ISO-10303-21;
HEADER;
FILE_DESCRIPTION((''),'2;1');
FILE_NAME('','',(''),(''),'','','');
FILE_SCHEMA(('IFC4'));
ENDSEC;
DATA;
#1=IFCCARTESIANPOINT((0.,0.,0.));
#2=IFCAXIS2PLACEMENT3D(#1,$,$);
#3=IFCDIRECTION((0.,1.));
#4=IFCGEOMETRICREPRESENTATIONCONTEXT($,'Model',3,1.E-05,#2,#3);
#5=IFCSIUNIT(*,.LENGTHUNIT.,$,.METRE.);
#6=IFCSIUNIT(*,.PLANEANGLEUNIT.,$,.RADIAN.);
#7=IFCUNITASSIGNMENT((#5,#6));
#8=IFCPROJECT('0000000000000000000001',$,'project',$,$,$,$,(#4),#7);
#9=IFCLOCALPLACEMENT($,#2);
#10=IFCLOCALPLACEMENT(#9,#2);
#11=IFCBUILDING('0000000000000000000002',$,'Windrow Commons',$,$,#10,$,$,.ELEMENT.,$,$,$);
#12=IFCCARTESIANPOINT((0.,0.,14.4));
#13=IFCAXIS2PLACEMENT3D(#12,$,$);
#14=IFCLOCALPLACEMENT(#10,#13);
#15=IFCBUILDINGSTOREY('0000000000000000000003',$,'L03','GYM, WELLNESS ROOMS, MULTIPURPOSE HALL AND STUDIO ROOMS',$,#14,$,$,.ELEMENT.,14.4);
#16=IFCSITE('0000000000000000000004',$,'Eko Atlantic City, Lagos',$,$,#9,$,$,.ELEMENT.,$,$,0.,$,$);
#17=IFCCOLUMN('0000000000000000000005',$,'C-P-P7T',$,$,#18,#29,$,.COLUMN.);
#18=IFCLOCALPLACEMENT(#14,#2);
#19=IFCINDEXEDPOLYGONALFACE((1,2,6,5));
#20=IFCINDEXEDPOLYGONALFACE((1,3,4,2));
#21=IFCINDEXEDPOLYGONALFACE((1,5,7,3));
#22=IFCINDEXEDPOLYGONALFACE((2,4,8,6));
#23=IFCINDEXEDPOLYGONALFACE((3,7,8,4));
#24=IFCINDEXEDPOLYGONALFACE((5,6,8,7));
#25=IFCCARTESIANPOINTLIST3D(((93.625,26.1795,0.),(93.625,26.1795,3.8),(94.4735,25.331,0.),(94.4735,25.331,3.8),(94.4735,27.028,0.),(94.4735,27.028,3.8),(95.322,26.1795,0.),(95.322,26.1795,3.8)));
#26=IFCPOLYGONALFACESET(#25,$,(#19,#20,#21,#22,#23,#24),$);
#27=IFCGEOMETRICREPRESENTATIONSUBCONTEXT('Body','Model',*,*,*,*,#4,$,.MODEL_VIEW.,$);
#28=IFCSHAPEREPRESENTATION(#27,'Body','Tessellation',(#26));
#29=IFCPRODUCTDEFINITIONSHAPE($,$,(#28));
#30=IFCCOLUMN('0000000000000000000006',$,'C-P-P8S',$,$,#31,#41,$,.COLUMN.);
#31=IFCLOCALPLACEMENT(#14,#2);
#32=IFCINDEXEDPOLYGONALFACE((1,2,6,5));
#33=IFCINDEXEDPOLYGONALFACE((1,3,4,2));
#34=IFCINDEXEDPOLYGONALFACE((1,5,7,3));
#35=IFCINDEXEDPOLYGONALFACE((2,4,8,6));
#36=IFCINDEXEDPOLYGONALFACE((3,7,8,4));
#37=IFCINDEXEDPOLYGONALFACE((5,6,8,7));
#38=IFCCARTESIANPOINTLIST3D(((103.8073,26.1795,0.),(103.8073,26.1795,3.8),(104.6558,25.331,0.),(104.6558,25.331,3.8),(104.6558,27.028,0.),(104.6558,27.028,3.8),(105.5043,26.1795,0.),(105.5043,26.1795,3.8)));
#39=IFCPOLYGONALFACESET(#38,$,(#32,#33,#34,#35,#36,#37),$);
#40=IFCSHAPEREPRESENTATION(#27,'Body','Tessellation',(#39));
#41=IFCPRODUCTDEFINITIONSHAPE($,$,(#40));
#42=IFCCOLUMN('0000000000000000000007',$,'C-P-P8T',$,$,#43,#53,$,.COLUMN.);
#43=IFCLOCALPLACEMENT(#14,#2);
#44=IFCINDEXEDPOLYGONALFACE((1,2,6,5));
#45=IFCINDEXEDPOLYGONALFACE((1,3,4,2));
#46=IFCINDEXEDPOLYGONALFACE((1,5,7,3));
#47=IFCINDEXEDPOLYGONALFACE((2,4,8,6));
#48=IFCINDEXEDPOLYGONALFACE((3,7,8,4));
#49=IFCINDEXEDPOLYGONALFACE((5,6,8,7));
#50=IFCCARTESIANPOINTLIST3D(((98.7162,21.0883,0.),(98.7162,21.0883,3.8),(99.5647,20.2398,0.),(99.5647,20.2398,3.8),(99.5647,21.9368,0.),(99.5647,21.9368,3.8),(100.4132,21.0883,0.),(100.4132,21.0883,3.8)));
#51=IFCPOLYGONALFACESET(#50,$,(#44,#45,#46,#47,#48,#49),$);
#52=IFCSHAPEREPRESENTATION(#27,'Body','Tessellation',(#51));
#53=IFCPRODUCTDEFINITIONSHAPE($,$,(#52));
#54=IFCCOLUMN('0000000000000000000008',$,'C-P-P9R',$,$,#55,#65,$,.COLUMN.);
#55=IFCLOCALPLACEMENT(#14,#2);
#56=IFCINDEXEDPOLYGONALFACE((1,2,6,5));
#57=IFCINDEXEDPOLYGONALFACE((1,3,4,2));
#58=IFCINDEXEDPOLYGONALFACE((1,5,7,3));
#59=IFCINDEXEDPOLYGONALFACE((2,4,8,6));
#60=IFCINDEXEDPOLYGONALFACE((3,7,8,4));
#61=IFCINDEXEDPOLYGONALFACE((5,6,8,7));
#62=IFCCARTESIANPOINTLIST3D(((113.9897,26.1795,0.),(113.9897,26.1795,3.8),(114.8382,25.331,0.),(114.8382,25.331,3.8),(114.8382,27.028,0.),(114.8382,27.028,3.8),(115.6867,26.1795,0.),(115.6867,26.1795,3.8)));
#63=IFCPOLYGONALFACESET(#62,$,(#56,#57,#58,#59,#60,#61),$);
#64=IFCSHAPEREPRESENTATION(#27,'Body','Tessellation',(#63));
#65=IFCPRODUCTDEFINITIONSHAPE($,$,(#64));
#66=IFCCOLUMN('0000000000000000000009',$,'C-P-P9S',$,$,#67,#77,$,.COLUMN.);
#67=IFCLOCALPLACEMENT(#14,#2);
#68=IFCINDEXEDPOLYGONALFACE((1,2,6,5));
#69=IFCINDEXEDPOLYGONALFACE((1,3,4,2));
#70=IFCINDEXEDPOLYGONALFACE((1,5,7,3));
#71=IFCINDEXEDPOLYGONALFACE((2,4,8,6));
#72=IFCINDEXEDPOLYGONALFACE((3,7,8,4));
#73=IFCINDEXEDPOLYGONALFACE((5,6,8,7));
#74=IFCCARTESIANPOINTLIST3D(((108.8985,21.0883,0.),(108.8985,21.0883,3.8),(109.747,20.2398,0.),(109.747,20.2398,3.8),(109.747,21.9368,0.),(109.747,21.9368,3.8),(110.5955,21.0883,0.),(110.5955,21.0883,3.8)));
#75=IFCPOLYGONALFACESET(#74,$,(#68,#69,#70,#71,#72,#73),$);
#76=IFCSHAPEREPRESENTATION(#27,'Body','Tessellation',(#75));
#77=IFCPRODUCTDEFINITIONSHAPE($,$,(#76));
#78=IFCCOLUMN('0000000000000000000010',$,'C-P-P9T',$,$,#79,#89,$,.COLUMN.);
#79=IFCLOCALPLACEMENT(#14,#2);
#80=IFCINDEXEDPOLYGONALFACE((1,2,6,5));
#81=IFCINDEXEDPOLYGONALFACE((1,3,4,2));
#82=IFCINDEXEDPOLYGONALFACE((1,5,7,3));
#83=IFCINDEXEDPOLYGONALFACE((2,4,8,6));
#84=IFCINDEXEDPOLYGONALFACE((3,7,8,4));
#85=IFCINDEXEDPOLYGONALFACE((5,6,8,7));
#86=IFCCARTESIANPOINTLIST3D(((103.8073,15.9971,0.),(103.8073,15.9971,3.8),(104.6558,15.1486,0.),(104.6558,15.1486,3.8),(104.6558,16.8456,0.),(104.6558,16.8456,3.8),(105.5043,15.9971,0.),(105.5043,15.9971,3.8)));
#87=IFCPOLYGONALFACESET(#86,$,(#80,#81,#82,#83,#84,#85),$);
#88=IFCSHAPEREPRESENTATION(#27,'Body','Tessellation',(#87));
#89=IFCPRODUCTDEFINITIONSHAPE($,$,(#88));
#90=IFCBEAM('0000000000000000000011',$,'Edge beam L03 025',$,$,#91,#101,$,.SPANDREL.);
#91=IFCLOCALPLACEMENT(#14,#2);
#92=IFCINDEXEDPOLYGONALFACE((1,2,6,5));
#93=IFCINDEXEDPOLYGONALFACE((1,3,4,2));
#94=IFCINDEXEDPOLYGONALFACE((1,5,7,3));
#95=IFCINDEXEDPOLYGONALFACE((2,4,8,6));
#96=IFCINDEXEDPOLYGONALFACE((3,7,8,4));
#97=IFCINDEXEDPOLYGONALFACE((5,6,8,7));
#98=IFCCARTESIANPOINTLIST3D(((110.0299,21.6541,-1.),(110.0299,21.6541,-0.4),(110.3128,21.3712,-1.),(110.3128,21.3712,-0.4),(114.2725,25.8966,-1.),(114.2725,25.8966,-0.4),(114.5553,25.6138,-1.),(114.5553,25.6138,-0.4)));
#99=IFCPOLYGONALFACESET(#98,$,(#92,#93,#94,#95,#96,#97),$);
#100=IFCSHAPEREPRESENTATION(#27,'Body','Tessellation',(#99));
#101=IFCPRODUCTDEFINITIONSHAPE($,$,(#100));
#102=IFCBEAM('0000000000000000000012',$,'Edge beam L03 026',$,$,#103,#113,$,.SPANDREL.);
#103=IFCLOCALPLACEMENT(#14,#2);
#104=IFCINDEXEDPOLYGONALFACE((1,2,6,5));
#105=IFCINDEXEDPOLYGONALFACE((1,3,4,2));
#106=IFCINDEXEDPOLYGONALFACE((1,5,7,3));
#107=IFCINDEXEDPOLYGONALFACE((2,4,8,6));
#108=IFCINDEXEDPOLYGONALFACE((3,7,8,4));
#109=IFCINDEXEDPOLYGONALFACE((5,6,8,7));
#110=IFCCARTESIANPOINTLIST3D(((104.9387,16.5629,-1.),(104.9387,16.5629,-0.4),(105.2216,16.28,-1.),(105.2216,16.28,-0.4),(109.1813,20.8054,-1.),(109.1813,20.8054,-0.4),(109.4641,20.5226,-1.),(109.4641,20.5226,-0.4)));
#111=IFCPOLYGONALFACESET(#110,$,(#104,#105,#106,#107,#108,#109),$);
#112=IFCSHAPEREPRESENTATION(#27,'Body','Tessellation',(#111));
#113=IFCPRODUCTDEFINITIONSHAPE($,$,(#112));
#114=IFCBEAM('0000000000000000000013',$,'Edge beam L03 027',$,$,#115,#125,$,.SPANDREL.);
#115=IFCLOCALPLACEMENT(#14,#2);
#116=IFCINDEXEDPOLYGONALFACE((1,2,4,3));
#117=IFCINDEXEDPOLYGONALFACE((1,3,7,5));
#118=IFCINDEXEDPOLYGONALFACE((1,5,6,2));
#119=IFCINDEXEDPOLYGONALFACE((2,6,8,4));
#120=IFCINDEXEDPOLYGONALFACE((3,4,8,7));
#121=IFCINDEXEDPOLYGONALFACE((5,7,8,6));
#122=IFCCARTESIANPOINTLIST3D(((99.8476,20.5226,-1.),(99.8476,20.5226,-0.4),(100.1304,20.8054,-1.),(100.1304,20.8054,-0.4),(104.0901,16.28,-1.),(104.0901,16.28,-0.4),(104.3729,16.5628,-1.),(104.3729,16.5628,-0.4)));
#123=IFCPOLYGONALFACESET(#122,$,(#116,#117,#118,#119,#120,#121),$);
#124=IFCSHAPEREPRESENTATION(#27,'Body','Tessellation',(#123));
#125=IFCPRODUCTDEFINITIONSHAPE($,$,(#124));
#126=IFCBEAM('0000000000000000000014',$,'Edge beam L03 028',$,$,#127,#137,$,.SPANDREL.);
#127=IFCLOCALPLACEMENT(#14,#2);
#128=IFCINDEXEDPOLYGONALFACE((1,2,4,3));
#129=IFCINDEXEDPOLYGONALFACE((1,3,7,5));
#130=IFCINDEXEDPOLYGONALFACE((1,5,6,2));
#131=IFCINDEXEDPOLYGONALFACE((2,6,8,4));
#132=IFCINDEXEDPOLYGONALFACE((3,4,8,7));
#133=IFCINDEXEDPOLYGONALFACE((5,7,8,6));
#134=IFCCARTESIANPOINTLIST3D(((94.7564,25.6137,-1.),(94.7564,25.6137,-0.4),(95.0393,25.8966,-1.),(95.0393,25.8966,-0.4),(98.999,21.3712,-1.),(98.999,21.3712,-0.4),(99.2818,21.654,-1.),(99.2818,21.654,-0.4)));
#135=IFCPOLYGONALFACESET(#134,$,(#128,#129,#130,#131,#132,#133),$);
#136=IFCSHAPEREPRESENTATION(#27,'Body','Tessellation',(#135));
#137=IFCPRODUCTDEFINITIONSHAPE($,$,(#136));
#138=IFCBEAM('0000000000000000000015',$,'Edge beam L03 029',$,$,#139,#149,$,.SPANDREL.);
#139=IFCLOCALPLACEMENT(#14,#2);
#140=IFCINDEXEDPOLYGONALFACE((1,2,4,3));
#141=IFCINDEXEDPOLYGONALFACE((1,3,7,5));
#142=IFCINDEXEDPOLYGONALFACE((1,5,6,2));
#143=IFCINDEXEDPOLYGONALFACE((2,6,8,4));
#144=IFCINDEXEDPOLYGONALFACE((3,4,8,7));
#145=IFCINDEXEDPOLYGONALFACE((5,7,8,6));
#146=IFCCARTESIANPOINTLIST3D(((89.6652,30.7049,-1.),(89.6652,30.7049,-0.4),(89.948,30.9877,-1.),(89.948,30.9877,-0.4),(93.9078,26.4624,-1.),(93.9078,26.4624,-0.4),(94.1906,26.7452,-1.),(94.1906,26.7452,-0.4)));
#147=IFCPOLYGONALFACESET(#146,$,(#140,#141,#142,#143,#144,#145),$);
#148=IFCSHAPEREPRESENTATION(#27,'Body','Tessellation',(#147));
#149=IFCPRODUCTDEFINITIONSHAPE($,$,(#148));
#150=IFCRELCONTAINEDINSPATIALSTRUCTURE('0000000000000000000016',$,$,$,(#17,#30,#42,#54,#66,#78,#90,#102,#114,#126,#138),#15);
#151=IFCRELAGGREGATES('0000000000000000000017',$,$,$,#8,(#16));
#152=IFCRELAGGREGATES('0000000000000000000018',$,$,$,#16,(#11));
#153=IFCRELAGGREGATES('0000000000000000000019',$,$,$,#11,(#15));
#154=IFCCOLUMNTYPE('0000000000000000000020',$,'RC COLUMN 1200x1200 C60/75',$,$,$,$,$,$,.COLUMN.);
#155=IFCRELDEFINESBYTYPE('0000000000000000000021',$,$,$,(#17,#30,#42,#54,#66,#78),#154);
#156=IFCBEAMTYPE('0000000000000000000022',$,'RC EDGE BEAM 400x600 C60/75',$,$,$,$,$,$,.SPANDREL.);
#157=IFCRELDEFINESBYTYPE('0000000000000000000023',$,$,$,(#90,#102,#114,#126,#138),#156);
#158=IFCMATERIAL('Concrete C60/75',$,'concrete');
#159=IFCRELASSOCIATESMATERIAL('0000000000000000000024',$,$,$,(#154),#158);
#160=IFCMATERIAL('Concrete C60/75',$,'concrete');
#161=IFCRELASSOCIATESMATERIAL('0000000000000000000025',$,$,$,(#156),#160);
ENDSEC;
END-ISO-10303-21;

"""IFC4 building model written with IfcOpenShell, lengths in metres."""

from ifc_helpers import new_model, si_unit, direction, frame, origin, origin_2d, place, context, subcontext, project, spatial, rectangle, extrude, material, material_profile, profile_set, type_object, element, save


model = new_model("IFC4")

# Units and contexts
model_context = context("Model", 3, precision=1e-05, world=origin(), true_north=direction((0.0, 1.0)))
body_context = subcontext(model_context, "Body", "Model", "MODEL_VIEW")
ifc_project = project(units=[si_unit("LENGTHUNIT", "METRE"), si_unit("PLANEANGLEUNIT", "RADIAN")], contexts=[model_context])

# Site, building, storey
site_placement = place(None, origin())
site = spatial("IfcSite", under=ifc_project, at=site_placement, Name="Eko Atlantic City, Lagos", CompositionType="ELEMENT", RefElevation=0.0)
building_placement = place(site_placement, origin())
building = spatial("IfcBuilding", under=site, at=building_placement, Name="Windrow Commons", CompositionType="ELEMENT")
storey_placement = place(building_placement, frame((0.0, 0.0, 14.4)))
storey = spatial("IfcBuildingStorey", under=building, at=storey_placement, Name="L03", Description="GYM, WELLNESS ROOMS, MULTIPURPOSE HALL AND STUDIO ROOMS", CompositionType="ELEMENT", Elevation=14.4)

# Columns
ifc_material_1 = material(Name="Concrete C60/75", Category="concrete")
ifc_material_profile_1 = material_profile(ifc_material_1, rectangle(XDim=1.2, YDim=1.2, at=origin_2d()))
ifc_profile_set_1 = profile_set([ifc_material_profile_1], Name="Concrete C60/75")
column_type = type_object("IfcColumnType", Name="RC COLUMN 1200x1200 C60/75", PredefinedType="COLUMN", material=ifc_profile_set_1)
for number, where, z_axis, x_axis, name in (
    (1, (94.4735, 26.1795, 0.0), (0.0, 0.0, 1.0), (0.707107, -0.707107, 0.0), "C-P-P7T"),
    (2, (104.6558, 26.1795, 0.0), (0.0, 0.0, 1.0), (0.707107, -0.707107, 0.0), "C-P-P8S"),
    (3, (99.5647, 21.0883, 0.0), (0.0, 0.0, 1.0), (0.707107, -0.707107, 0.0), "C-P-P8T"),
    (4, (114.8382, 26.1795, 0.0), (0.0, 0.0, 1.0), (0.707107, -0.707107, 0.0), "C-P-P9R"),
    (5, (109.747, 21.0883, 0.0), (0.0, 0.0, 1.0), (0.707107, -0.707107, 0.0), "C-P-P9S"),
    (6, (104.6558, 15.9971, 0.0), (0.0, 0.0, 1.0), (0.707107, -0.707107, 0.0), "C-P-P9T"),
):
    element("IfcColumn", number, at=place(storey_placement, frame(where, z_axis=z_axis, x_axis=x_axis)), inside=storey, type_object=column_type, Name=name, PredefinedType="COLUMN", context=body_context, shape_type="SweptSolid", body=[
        extrude(rectangle(XDim=1.2, YDim=1.2, at=origin_2d()), origin(), (0.0, 0.0, 1.0), 3.8),
    ])

# Beams
ifc_material_2 = material(Name="Concrete C60/75", Category="concrete")
ifc_material_profile_2 = material_profile(ifc_material_2, rectangle(XDim=0.4, YDim=0.6, at=origin_2d()))
ifc_profile_set_2 = profile_set([ifc_material_profile_2], Name="Concrete C60/75")
beam_type = type_object("IfcBeamType", Name="RC EDGE BEAM 400x600 C60/75", PredefinedType="SPANDREL", material=ifc_profile_set_2)
for number, where, z_axis, x_axis, name in (
    (7, (114.4139, 25.7552, -0.7), (-0.707107, -0.707107, 0.0), (0.707107, -0.707107, 0.0), "Edge beam L03 025"),
    (8, (109.3227, 20.664, -0.7), (-0.707107, -0.707107, 0.0), (0.707107, -0.707107, 0.0), "Edge beam L03 026"),
    (9, (104.2315, 16.4214, -0.7), (-0.707098, 0.707115, 0.0), (-0.707115, -0.707098, 0.0), "Edge beam L03 027"),
    (10, (99.1404, 21.5126, -0.7), (-0.707107, 0.707107, 0.0), (-0.707107, -0.707107, 0.0), "Edge beam L03 028"),
    (11, (94.0492, 26.6038, -0.7), (-0.707115, 0.707098, 0.0), (-0.707098, -0.707115, 0.0), "Edge beam L03 029"),
):
    element("IfcBeam", number, at=place(storey_placement, frame(where, z_axis=z_axis, x_axis=x_axis)), inside=storey, type_object=beam_type, Name=name, PredefinedType="SPANDREL", context=body_context, shape_type="SweptSolid", body=[
        extrude(rectangle(XDim=0.4, YDim=0.6, at=origin_2d()), origin(), (0.0, 0.0, 1.0), 5.9999),
    ])

save(model, "model.ifc")
